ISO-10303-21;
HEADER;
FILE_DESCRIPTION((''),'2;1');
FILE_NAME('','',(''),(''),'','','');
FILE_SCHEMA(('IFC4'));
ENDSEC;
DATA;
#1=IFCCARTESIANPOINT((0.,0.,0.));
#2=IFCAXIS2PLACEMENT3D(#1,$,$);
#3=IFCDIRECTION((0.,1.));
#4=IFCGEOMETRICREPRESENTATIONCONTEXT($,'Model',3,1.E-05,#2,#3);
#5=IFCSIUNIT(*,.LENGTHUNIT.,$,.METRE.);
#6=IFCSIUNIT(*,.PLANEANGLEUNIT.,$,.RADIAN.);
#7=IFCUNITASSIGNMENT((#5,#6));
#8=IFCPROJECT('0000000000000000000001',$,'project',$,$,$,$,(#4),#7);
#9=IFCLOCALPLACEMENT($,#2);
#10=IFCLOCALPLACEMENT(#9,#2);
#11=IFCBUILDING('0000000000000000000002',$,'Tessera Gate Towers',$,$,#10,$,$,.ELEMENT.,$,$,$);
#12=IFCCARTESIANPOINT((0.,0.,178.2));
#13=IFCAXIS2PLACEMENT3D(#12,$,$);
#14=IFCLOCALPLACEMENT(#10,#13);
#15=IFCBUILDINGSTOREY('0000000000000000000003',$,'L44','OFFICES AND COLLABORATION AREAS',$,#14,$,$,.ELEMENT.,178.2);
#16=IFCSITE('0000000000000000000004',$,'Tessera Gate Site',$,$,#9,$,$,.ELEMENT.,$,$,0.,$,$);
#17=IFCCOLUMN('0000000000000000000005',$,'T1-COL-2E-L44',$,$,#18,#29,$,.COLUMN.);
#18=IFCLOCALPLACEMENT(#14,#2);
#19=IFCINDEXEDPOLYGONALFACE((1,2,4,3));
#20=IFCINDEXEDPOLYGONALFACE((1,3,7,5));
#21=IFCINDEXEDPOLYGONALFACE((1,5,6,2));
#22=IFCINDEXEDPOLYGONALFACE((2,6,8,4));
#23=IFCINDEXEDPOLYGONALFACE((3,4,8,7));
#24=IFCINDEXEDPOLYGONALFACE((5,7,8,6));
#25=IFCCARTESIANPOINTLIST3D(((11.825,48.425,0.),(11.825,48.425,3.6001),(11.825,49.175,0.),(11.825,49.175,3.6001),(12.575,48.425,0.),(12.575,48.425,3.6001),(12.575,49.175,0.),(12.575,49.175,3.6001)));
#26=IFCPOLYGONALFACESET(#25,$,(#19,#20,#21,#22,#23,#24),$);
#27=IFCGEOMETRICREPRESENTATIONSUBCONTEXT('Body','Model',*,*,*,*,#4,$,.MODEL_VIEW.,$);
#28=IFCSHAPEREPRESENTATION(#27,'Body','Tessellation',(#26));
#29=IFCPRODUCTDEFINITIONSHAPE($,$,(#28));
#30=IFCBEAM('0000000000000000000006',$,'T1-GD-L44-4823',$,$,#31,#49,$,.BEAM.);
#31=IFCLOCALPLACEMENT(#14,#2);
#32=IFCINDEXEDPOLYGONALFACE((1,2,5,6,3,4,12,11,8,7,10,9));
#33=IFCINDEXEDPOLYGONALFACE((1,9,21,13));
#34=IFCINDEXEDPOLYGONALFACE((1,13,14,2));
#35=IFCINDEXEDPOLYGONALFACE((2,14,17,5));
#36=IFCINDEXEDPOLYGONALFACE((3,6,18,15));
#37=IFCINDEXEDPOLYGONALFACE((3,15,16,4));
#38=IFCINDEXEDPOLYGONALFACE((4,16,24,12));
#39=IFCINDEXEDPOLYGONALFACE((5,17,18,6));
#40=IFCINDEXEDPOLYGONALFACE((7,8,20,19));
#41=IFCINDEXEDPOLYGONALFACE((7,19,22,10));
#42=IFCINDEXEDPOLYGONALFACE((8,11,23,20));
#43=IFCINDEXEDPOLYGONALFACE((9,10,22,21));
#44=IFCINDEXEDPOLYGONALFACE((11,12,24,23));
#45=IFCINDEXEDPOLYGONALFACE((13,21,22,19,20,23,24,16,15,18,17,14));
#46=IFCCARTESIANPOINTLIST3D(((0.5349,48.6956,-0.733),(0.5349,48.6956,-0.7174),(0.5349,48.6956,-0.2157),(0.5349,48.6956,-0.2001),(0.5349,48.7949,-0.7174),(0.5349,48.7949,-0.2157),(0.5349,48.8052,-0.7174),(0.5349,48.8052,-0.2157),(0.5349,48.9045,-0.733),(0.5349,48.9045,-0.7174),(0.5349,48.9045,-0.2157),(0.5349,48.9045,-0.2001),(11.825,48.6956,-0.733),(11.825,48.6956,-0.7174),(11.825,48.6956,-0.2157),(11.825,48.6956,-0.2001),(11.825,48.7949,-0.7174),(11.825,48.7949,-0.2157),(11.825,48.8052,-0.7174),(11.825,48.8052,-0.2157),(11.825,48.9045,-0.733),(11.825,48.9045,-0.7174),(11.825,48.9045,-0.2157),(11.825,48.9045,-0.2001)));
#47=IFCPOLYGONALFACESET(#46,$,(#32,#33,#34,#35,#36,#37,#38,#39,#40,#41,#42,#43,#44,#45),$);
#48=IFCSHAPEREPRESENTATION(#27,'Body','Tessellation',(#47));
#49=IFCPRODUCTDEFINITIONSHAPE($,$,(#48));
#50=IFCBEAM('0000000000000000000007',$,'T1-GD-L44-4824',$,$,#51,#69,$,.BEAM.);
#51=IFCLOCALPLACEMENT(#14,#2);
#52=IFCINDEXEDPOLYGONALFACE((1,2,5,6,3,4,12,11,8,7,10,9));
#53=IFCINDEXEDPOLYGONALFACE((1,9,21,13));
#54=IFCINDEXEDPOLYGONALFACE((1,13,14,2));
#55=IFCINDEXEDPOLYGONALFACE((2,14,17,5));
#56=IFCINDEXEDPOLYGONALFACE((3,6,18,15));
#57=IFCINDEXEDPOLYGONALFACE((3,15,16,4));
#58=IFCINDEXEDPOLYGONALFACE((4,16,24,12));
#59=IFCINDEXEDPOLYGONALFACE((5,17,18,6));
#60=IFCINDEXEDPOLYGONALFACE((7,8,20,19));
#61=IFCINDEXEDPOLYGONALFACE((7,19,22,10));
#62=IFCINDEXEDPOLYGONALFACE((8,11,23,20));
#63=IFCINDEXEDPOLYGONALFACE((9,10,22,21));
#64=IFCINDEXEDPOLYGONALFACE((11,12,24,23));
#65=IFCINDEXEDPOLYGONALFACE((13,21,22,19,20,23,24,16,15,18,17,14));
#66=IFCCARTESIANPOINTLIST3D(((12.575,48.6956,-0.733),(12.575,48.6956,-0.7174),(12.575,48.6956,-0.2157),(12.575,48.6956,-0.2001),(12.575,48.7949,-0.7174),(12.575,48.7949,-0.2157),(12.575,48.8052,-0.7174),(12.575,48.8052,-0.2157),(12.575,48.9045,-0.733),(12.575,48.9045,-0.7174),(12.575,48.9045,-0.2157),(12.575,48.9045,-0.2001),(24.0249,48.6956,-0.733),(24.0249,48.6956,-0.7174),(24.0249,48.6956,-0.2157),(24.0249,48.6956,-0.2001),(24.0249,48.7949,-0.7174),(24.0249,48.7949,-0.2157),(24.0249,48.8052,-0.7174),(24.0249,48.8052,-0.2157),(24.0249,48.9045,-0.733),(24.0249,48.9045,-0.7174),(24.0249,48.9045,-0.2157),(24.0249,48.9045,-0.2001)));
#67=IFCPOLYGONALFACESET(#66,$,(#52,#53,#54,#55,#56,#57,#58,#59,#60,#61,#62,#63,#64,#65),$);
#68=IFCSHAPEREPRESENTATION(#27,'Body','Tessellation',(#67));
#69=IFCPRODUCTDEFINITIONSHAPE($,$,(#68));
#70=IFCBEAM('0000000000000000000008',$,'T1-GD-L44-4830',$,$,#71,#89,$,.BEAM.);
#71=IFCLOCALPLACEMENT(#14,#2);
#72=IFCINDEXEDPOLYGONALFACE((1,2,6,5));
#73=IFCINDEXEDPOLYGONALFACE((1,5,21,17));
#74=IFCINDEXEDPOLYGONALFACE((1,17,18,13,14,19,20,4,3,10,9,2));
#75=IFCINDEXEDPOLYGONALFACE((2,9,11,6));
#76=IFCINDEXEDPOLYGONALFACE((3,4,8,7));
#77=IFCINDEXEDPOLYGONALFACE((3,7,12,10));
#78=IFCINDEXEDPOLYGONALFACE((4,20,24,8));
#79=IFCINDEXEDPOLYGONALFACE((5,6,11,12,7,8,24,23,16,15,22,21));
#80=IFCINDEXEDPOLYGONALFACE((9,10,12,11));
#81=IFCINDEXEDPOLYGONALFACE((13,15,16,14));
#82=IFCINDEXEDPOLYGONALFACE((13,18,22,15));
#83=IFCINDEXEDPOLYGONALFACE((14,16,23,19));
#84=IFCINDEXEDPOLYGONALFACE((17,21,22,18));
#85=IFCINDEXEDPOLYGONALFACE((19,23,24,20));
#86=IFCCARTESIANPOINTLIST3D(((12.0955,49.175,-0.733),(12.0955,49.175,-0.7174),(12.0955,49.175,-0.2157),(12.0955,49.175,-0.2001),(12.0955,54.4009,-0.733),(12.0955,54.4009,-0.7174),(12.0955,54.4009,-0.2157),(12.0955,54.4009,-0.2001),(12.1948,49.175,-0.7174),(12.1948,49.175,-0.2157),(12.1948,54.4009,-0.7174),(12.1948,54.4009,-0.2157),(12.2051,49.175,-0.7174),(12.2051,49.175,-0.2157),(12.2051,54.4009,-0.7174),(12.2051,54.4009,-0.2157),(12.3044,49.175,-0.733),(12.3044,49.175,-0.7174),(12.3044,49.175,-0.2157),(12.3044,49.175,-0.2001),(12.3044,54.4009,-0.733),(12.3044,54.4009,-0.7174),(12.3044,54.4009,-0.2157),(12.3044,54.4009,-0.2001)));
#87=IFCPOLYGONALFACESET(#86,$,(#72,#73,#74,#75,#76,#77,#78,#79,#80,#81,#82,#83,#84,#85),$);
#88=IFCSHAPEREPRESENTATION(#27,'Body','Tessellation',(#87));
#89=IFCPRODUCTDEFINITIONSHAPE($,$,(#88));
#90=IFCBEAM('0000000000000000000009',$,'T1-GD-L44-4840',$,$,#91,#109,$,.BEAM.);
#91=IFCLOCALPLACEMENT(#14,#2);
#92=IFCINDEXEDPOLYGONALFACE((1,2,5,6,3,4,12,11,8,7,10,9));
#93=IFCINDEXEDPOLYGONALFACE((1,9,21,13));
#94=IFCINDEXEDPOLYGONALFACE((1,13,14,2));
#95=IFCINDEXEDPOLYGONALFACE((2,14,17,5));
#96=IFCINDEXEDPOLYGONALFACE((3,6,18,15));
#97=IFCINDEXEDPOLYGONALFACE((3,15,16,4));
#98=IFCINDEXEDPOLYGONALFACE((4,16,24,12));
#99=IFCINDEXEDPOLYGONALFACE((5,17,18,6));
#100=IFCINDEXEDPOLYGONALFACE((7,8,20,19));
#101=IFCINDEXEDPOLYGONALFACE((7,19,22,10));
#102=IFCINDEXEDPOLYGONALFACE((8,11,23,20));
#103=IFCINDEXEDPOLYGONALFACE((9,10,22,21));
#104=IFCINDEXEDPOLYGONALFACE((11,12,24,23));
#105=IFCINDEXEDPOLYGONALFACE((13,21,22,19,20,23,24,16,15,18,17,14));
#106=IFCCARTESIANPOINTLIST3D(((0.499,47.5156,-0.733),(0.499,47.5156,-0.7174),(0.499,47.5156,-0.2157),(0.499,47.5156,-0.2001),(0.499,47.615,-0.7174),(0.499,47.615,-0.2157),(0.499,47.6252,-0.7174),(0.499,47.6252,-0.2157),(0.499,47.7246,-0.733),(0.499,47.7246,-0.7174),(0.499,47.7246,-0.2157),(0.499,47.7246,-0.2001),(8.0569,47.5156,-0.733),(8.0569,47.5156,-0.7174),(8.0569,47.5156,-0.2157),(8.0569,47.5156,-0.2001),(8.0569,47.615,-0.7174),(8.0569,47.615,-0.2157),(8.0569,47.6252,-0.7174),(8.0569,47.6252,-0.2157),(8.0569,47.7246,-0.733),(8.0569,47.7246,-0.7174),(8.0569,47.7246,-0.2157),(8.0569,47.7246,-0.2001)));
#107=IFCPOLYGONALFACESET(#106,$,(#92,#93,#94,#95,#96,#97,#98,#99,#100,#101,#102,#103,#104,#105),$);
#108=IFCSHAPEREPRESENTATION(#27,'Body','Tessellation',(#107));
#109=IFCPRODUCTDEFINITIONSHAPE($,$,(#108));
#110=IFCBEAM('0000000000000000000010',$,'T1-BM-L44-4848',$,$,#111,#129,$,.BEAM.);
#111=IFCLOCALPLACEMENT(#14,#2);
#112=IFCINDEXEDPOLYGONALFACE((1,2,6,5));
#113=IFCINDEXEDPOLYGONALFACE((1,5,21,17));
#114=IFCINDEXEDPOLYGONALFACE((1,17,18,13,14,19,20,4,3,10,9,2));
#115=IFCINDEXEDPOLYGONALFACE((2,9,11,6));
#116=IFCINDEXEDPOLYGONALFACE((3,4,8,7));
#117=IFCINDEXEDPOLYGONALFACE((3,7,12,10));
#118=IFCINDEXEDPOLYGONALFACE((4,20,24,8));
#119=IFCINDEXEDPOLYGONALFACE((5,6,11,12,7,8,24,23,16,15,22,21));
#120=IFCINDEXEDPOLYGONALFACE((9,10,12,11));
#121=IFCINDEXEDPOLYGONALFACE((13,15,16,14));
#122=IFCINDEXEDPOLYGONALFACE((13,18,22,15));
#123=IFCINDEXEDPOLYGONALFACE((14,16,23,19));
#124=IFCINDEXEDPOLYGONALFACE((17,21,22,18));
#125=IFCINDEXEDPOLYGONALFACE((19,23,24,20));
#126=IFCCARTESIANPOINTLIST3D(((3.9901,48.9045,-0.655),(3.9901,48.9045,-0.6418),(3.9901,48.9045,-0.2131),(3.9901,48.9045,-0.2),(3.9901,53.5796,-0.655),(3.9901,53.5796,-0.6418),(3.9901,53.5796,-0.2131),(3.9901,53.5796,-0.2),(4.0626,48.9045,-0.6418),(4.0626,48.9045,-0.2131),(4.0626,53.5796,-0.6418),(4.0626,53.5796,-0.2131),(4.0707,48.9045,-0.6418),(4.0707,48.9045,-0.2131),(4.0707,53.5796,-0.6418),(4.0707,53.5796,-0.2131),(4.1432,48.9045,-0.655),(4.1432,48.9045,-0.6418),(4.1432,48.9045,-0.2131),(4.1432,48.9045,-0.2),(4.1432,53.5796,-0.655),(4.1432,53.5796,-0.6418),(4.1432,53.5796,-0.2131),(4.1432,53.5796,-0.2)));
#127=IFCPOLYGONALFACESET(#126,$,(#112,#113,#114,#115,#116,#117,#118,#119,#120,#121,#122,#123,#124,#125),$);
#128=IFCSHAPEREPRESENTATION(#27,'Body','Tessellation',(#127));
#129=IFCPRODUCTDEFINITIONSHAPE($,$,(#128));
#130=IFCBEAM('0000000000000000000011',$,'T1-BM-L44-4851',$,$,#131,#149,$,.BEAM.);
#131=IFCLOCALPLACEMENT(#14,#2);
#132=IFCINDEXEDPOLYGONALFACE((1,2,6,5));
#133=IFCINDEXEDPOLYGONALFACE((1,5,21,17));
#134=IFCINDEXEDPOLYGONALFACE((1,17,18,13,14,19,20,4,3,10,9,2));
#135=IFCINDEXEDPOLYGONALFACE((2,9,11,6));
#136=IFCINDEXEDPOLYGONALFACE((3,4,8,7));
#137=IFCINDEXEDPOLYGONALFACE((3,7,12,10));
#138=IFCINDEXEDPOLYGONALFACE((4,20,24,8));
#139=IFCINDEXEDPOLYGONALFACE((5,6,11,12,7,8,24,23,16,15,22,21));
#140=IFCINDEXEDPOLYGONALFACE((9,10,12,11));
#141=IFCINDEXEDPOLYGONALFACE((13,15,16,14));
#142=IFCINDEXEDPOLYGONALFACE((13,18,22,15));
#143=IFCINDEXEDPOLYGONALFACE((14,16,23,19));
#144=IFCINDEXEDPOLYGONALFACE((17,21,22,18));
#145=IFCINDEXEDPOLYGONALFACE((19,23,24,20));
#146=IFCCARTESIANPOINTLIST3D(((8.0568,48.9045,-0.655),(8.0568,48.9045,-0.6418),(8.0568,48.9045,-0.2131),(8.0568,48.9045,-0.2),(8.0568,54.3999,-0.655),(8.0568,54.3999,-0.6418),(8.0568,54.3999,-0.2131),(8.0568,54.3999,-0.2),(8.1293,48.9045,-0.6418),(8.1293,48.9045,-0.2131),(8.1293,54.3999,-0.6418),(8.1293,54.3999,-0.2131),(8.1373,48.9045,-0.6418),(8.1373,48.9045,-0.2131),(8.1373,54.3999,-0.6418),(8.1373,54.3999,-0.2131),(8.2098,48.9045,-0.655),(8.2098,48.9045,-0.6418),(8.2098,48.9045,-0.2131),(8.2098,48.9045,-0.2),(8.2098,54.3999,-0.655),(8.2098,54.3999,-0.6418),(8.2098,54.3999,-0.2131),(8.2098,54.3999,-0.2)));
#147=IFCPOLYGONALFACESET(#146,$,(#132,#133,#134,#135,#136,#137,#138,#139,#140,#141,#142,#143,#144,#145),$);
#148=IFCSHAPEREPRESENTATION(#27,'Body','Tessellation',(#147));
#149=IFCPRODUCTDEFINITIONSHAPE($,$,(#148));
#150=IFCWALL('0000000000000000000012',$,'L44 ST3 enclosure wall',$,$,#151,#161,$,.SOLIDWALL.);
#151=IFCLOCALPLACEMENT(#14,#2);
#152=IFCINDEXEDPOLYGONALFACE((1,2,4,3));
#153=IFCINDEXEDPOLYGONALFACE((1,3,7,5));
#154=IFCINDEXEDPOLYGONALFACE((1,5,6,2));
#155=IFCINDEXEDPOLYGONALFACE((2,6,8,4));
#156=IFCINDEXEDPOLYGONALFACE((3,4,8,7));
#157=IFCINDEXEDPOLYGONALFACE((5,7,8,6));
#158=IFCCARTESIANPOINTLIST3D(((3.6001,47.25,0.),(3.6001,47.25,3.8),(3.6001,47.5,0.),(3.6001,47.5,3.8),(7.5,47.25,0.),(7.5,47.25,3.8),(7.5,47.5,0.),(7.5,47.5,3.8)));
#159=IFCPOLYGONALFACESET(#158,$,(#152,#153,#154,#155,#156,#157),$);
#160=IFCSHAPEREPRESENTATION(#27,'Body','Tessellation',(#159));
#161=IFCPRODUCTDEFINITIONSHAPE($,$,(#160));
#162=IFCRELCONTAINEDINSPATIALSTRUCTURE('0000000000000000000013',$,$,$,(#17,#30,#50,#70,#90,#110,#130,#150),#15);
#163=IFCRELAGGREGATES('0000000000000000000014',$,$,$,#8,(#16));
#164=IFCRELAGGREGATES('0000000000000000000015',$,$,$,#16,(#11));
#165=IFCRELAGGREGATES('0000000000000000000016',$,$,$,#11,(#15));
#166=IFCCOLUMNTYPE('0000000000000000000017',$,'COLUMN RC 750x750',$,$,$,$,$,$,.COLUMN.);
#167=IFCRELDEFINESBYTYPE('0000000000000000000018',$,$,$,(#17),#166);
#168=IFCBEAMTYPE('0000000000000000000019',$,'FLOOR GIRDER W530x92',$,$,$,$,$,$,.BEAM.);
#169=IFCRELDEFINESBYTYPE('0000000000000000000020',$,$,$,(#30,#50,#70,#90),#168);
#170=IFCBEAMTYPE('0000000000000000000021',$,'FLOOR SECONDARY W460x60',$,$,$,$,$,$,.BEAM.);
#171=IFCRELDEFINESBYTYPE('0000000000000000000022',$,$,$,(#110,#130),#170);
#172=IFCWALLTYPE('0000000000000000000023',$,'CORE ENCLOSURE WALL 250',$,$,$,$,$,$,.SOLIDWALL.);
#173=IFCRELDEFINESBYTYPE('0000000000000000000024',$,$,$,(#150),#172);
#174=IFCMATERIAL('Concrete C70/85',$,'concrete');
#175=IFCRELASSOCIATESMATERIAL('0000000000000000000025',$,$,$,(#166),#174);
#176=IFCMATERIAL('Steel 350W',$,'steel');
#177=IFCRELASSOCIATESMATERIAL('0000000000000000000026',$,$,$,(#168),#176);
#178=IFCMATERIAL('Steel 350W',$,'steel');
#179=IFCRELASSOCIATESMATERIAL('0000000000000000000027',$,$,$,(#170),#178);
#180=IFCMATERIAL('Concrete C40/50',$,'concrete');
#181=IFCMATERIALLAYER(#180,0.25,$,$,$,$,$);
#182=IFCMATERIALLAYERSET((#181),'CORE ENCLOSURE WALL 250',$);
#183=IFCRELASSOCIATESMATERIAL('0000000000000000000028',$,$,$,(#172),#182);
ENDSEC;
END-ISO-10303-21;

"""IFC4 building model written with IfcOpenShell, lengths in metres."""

from ifc_helpers import new_model, si_unit, direction, frame, frame_2d, origin, origin_2d, place, context, subcontext, project, spatial, rectangle, i_section, extrude, material, layer, layer_set, material_profile, profile_set, type_object, element, save


model = new_model("IFC4")

# Units and contexts
model_context = context("Model", 3, precision=1e-05, world=origin(), true_north=direction((0.0, 1.0)))
body_context = subcontext(model_context, "Body", "Model", "MODEL_VIEW")
ifc_project = project(units=[si_unit("LENGTHUNIT", "METRE"), si_unit("PLANEANGLEUNIT", "RADIAN")], contexts=[model_context])

# Site, building, storey
site_placement = place(None, origin())
site = spatial("IfcSite", under=ifc_project, at=site_placement, Name="Tessera Gate Site", CompositionType="ELEMENT", RefElevation=0.0)
building_placement = place(site_placement, origin())
building = spatial("IfcBuilding", under=site, at=building_placement, Name="Tessera Gate Towers", CompositionType="ELEMENT")
storey_placement = place(building_placement, frame((0.0, 0.0, 178.2)))
storey = spatial("IfcBuildingStorey", under=building, at=storey_placement, Name="L44", Description="OFFICES AND COLLABORATION AREAS", CompositionType="ELEMENT", Elevation=178.2)

# Column
ifc_material_1 = material(Name="Concrete C70/85", Category="concrete")
ifc_material_profile_1 = material_profile(ifc_material_1, rectangle(XDim=0.75, YDim=0.75, at=origin_2d()), Name="RC 750x750")
ifc_profile_set_1 = profile_set([ifc_material_profile_1], Name="Concrete C70/85")
column_type = type_object("IfcColumnType", Name="COLUMN RC 750x750", PredefinedType="COLUMN", material=ifc_profile_set_1)
column_placement = place(storey_placement, frame((12.2, 48.8, 0.0), z_axis=(0.0, 0.0, 1.0), x_axis=(1.0, 0.0, 0.0)))
element("IfcColumn", 1, at=column_placement, inside=storey, type_object=column_type, Name="T1-COL-2E-L44", PredefinedType="COLUMN", context=body_context, shape_type="SweptSolid", body=[
    extrude(rectangle(XDim=0.75, YDim=0.75, at=origin_2d()), origin(), (0.0, 0.0, 1.0), 3.6001),
])

# Beams
ifc_material_2 = material(Name="Steel 350W", Category="steel")
ifc_material_profile_2 = material_profile(ifc_material_2, i_section(OverallWidth=0.209, OverallDepth=0.533, WebThickness=0.0103, FlangeThickness=0.0156, at=origin_2d()), Name="W530x92")
ifc_profile_set_2 = profile_set([ifc_material_profile_2], Name="Steel 350W")
beam_type_1 = type_object("IfcBeamType", Name="FLOOR GIRDER W530x92", PredefinedType="BEAM", material=ifc_profile_set_2)
beam_1_placement = place(storey_placement, frame((0.5349, 48.8, -0.4666), z_axis=(1.0, 0.0, 0.0), x_axis=(0.0, 1.0, 0.0)))
element("IfcBeam", 2, at=beam_1_placement, inside=storey, type_object=beam_type_1, Name="T1-GD-L44-4823", PredefinedType="BEAM", context=body_context, shape_type="SweptSolid", body=[
    extrude(i_section(OverallWidth=0.209, OverallDepth=0.533, WebThickness=0.0103, FlangeThickness=0.0156, at=origin_2d()), origin(), (0.0, 0.0, 1.0), 11.29),
])
beam_2_placement = place(storey_placement, frame((12.575, 48.8, -0.4666), z_axis=(1.0, 0.0, 0.0), x_axis=(0.0, 1.0, 0.0)))
element("IfcBeam", 3, at=beam_2_placement, inside=storey, type_object=beam_type_1, Name="T1-GD-L44-4824", PredefinedType="BEAM", context=body_context, shape_type="SweptSolid", body=[
    extrude(i_section(OverallWidth=0.209, OverallDepth=0.533, WebThickness=0.0103, FlangeThickness=0.0156, at=origin_2d()), origin(), (0.0, 0.0, 1.0), 11.45),
])
beam_3_placement = place(storey_placement, frame((12.2, 49.175, -0.4666), z_axis=(0.0, 1.0, 0.0), x_axis=(-1.0, 0.0, 0.0)))
element("IfcBeam", 4, at=beam_3_placement, inside=storey, type_object=beam_type_1, Name="T1-GD-L44-4830", PredefinedType="BEAM", context=body_context, shape_type="SweptSolid", body=[
    extrude(i_section(OverallWidth=0.209, OverallDepth=0.533, WebThickness=0.0103, FlangeThickness=0.0156, at=origin_2d()), origin(), (0.0, 0.0, 1.0), 5.2258),
])
beam_4_placement = place(storey_placement, frame((0.499, 47.6201, -0.4666), z_axis=(1.0, 0.0, 0.0), x_axis=(0.0, 1.0, 0.0)))
element("IfcBeam", 5, at=beam_4_placement, inside=storey, type_object=beam_type_1, Name="T1-GD-L44-4840", PredefinedType="BEAM", context=body_context, shape_type="SweptSolid", body=[
    extrude(i_section(OverallWidth=0.209, OverallDepth=0.533, WebThickness=0.0103, FlangeThickness=0.0156, at=origin_2d()), origin(), (0.0, 0.0, 1.0), 7.5579),
])
ifc_material_3 = material(Name="Steel 350W", Category="steel")
ifc_material_profile_3 = material_profile(ifc_material_3, i_section(OverallWidth=0.1531, OverallDepth=0.4551, WebThickness=0.0081, FlangeThickness=0.0132, at=origin_2d()), Name="W460x60")
ifc_profile_set_3 = profile_set([ifc_material_profile_3], Name="Steel 350W")
beam_type_2 = type_object("IfcBeamType", Name="FLOOR SECONDARY W460x60", PredefinedType="BEAM", material=ifc_profile_set_3)
beam_5_placement = place(storey_placement, frame((4.0667, 48.9045, -0.4275), z_axis=(0.0, 1.0, 0.0), x_axis=(-1.0, 0.0, 0.0)))
element("IfcBeam", 6, at=beam_5_placement, inside=storey, type_object=beam_type_2, Name="T1-BM-L44-4848", PredefinedType="BEAM", context=body_context, shape_type="SweptSolid", body=[
    extrude(i_section(OverallWidth=0.1531, OverallDepth=0.4551, WebThickness=0.0081, FlangeThickness=0.0132, at=origin_2d()), origin(), (0.0, 0.0, 1.0), 4.675),
])
beam_6_placement = place(storey_placement, frame((8.1333, 48.9045, -0.4275), z_axis=(0.0, 1.0, 0.0), x_axis=(-1.0, 0.0, 0.0)))
element("IfcBeam", 7, at=beam_6_placement, inside=storey, type_object=beam_type_2, Name="T1-BM-L44-4851", PredefinedType="BEAM", context=body_context, shape_type="SweptSolid", body=[
    extrude(i_section(OverallWidth=0.1531, OverallDepth=0.4551, WebThickness=0.0081, FlangeThickness=0.0132, at=origin_2d()), origin(), (0.0, 0.0, 1.0), 5.4954),
])

# Wall
ifc_material_4 = material(Name="Concrete C40/50", Category="concrete")
ifc_layer_1 = layer(ifc_material_4, 0.25)
ifc_layer_set_1 = layer_set([ifc_layer_1], Name="CORE ENCLOSURE WALL 250")
wall_type_1 = type_object("IfcWallType", Name="CORE ENCLOSURE WALL 250", PredefinedType="SOLIDWALL", material=ifc_layer_set_1)
wall_1_placement = place(storey_placement, frame((3.6001, 47.375, 0.0), z_axis=(0.0, 0.0, 1.0), x_axis=(1.0, 0.0, 0.0)))
element("IfcWall", 8, at=wall_1_placement, inside=storey, type_object=wall_type_1, Name="L44 ST3 enclosure wall", PredefinedType="SOLIDWALL", context=body_context, shape_type="SweptSolid", body=[
    extrude(rectangle(XDim=3.8999, YDim=0.25, at=frame_2d((1.95, 0.0))), origin(), (0.0, 0.0, 1.0), 3.8),
])

save(model, "model.ifc")
